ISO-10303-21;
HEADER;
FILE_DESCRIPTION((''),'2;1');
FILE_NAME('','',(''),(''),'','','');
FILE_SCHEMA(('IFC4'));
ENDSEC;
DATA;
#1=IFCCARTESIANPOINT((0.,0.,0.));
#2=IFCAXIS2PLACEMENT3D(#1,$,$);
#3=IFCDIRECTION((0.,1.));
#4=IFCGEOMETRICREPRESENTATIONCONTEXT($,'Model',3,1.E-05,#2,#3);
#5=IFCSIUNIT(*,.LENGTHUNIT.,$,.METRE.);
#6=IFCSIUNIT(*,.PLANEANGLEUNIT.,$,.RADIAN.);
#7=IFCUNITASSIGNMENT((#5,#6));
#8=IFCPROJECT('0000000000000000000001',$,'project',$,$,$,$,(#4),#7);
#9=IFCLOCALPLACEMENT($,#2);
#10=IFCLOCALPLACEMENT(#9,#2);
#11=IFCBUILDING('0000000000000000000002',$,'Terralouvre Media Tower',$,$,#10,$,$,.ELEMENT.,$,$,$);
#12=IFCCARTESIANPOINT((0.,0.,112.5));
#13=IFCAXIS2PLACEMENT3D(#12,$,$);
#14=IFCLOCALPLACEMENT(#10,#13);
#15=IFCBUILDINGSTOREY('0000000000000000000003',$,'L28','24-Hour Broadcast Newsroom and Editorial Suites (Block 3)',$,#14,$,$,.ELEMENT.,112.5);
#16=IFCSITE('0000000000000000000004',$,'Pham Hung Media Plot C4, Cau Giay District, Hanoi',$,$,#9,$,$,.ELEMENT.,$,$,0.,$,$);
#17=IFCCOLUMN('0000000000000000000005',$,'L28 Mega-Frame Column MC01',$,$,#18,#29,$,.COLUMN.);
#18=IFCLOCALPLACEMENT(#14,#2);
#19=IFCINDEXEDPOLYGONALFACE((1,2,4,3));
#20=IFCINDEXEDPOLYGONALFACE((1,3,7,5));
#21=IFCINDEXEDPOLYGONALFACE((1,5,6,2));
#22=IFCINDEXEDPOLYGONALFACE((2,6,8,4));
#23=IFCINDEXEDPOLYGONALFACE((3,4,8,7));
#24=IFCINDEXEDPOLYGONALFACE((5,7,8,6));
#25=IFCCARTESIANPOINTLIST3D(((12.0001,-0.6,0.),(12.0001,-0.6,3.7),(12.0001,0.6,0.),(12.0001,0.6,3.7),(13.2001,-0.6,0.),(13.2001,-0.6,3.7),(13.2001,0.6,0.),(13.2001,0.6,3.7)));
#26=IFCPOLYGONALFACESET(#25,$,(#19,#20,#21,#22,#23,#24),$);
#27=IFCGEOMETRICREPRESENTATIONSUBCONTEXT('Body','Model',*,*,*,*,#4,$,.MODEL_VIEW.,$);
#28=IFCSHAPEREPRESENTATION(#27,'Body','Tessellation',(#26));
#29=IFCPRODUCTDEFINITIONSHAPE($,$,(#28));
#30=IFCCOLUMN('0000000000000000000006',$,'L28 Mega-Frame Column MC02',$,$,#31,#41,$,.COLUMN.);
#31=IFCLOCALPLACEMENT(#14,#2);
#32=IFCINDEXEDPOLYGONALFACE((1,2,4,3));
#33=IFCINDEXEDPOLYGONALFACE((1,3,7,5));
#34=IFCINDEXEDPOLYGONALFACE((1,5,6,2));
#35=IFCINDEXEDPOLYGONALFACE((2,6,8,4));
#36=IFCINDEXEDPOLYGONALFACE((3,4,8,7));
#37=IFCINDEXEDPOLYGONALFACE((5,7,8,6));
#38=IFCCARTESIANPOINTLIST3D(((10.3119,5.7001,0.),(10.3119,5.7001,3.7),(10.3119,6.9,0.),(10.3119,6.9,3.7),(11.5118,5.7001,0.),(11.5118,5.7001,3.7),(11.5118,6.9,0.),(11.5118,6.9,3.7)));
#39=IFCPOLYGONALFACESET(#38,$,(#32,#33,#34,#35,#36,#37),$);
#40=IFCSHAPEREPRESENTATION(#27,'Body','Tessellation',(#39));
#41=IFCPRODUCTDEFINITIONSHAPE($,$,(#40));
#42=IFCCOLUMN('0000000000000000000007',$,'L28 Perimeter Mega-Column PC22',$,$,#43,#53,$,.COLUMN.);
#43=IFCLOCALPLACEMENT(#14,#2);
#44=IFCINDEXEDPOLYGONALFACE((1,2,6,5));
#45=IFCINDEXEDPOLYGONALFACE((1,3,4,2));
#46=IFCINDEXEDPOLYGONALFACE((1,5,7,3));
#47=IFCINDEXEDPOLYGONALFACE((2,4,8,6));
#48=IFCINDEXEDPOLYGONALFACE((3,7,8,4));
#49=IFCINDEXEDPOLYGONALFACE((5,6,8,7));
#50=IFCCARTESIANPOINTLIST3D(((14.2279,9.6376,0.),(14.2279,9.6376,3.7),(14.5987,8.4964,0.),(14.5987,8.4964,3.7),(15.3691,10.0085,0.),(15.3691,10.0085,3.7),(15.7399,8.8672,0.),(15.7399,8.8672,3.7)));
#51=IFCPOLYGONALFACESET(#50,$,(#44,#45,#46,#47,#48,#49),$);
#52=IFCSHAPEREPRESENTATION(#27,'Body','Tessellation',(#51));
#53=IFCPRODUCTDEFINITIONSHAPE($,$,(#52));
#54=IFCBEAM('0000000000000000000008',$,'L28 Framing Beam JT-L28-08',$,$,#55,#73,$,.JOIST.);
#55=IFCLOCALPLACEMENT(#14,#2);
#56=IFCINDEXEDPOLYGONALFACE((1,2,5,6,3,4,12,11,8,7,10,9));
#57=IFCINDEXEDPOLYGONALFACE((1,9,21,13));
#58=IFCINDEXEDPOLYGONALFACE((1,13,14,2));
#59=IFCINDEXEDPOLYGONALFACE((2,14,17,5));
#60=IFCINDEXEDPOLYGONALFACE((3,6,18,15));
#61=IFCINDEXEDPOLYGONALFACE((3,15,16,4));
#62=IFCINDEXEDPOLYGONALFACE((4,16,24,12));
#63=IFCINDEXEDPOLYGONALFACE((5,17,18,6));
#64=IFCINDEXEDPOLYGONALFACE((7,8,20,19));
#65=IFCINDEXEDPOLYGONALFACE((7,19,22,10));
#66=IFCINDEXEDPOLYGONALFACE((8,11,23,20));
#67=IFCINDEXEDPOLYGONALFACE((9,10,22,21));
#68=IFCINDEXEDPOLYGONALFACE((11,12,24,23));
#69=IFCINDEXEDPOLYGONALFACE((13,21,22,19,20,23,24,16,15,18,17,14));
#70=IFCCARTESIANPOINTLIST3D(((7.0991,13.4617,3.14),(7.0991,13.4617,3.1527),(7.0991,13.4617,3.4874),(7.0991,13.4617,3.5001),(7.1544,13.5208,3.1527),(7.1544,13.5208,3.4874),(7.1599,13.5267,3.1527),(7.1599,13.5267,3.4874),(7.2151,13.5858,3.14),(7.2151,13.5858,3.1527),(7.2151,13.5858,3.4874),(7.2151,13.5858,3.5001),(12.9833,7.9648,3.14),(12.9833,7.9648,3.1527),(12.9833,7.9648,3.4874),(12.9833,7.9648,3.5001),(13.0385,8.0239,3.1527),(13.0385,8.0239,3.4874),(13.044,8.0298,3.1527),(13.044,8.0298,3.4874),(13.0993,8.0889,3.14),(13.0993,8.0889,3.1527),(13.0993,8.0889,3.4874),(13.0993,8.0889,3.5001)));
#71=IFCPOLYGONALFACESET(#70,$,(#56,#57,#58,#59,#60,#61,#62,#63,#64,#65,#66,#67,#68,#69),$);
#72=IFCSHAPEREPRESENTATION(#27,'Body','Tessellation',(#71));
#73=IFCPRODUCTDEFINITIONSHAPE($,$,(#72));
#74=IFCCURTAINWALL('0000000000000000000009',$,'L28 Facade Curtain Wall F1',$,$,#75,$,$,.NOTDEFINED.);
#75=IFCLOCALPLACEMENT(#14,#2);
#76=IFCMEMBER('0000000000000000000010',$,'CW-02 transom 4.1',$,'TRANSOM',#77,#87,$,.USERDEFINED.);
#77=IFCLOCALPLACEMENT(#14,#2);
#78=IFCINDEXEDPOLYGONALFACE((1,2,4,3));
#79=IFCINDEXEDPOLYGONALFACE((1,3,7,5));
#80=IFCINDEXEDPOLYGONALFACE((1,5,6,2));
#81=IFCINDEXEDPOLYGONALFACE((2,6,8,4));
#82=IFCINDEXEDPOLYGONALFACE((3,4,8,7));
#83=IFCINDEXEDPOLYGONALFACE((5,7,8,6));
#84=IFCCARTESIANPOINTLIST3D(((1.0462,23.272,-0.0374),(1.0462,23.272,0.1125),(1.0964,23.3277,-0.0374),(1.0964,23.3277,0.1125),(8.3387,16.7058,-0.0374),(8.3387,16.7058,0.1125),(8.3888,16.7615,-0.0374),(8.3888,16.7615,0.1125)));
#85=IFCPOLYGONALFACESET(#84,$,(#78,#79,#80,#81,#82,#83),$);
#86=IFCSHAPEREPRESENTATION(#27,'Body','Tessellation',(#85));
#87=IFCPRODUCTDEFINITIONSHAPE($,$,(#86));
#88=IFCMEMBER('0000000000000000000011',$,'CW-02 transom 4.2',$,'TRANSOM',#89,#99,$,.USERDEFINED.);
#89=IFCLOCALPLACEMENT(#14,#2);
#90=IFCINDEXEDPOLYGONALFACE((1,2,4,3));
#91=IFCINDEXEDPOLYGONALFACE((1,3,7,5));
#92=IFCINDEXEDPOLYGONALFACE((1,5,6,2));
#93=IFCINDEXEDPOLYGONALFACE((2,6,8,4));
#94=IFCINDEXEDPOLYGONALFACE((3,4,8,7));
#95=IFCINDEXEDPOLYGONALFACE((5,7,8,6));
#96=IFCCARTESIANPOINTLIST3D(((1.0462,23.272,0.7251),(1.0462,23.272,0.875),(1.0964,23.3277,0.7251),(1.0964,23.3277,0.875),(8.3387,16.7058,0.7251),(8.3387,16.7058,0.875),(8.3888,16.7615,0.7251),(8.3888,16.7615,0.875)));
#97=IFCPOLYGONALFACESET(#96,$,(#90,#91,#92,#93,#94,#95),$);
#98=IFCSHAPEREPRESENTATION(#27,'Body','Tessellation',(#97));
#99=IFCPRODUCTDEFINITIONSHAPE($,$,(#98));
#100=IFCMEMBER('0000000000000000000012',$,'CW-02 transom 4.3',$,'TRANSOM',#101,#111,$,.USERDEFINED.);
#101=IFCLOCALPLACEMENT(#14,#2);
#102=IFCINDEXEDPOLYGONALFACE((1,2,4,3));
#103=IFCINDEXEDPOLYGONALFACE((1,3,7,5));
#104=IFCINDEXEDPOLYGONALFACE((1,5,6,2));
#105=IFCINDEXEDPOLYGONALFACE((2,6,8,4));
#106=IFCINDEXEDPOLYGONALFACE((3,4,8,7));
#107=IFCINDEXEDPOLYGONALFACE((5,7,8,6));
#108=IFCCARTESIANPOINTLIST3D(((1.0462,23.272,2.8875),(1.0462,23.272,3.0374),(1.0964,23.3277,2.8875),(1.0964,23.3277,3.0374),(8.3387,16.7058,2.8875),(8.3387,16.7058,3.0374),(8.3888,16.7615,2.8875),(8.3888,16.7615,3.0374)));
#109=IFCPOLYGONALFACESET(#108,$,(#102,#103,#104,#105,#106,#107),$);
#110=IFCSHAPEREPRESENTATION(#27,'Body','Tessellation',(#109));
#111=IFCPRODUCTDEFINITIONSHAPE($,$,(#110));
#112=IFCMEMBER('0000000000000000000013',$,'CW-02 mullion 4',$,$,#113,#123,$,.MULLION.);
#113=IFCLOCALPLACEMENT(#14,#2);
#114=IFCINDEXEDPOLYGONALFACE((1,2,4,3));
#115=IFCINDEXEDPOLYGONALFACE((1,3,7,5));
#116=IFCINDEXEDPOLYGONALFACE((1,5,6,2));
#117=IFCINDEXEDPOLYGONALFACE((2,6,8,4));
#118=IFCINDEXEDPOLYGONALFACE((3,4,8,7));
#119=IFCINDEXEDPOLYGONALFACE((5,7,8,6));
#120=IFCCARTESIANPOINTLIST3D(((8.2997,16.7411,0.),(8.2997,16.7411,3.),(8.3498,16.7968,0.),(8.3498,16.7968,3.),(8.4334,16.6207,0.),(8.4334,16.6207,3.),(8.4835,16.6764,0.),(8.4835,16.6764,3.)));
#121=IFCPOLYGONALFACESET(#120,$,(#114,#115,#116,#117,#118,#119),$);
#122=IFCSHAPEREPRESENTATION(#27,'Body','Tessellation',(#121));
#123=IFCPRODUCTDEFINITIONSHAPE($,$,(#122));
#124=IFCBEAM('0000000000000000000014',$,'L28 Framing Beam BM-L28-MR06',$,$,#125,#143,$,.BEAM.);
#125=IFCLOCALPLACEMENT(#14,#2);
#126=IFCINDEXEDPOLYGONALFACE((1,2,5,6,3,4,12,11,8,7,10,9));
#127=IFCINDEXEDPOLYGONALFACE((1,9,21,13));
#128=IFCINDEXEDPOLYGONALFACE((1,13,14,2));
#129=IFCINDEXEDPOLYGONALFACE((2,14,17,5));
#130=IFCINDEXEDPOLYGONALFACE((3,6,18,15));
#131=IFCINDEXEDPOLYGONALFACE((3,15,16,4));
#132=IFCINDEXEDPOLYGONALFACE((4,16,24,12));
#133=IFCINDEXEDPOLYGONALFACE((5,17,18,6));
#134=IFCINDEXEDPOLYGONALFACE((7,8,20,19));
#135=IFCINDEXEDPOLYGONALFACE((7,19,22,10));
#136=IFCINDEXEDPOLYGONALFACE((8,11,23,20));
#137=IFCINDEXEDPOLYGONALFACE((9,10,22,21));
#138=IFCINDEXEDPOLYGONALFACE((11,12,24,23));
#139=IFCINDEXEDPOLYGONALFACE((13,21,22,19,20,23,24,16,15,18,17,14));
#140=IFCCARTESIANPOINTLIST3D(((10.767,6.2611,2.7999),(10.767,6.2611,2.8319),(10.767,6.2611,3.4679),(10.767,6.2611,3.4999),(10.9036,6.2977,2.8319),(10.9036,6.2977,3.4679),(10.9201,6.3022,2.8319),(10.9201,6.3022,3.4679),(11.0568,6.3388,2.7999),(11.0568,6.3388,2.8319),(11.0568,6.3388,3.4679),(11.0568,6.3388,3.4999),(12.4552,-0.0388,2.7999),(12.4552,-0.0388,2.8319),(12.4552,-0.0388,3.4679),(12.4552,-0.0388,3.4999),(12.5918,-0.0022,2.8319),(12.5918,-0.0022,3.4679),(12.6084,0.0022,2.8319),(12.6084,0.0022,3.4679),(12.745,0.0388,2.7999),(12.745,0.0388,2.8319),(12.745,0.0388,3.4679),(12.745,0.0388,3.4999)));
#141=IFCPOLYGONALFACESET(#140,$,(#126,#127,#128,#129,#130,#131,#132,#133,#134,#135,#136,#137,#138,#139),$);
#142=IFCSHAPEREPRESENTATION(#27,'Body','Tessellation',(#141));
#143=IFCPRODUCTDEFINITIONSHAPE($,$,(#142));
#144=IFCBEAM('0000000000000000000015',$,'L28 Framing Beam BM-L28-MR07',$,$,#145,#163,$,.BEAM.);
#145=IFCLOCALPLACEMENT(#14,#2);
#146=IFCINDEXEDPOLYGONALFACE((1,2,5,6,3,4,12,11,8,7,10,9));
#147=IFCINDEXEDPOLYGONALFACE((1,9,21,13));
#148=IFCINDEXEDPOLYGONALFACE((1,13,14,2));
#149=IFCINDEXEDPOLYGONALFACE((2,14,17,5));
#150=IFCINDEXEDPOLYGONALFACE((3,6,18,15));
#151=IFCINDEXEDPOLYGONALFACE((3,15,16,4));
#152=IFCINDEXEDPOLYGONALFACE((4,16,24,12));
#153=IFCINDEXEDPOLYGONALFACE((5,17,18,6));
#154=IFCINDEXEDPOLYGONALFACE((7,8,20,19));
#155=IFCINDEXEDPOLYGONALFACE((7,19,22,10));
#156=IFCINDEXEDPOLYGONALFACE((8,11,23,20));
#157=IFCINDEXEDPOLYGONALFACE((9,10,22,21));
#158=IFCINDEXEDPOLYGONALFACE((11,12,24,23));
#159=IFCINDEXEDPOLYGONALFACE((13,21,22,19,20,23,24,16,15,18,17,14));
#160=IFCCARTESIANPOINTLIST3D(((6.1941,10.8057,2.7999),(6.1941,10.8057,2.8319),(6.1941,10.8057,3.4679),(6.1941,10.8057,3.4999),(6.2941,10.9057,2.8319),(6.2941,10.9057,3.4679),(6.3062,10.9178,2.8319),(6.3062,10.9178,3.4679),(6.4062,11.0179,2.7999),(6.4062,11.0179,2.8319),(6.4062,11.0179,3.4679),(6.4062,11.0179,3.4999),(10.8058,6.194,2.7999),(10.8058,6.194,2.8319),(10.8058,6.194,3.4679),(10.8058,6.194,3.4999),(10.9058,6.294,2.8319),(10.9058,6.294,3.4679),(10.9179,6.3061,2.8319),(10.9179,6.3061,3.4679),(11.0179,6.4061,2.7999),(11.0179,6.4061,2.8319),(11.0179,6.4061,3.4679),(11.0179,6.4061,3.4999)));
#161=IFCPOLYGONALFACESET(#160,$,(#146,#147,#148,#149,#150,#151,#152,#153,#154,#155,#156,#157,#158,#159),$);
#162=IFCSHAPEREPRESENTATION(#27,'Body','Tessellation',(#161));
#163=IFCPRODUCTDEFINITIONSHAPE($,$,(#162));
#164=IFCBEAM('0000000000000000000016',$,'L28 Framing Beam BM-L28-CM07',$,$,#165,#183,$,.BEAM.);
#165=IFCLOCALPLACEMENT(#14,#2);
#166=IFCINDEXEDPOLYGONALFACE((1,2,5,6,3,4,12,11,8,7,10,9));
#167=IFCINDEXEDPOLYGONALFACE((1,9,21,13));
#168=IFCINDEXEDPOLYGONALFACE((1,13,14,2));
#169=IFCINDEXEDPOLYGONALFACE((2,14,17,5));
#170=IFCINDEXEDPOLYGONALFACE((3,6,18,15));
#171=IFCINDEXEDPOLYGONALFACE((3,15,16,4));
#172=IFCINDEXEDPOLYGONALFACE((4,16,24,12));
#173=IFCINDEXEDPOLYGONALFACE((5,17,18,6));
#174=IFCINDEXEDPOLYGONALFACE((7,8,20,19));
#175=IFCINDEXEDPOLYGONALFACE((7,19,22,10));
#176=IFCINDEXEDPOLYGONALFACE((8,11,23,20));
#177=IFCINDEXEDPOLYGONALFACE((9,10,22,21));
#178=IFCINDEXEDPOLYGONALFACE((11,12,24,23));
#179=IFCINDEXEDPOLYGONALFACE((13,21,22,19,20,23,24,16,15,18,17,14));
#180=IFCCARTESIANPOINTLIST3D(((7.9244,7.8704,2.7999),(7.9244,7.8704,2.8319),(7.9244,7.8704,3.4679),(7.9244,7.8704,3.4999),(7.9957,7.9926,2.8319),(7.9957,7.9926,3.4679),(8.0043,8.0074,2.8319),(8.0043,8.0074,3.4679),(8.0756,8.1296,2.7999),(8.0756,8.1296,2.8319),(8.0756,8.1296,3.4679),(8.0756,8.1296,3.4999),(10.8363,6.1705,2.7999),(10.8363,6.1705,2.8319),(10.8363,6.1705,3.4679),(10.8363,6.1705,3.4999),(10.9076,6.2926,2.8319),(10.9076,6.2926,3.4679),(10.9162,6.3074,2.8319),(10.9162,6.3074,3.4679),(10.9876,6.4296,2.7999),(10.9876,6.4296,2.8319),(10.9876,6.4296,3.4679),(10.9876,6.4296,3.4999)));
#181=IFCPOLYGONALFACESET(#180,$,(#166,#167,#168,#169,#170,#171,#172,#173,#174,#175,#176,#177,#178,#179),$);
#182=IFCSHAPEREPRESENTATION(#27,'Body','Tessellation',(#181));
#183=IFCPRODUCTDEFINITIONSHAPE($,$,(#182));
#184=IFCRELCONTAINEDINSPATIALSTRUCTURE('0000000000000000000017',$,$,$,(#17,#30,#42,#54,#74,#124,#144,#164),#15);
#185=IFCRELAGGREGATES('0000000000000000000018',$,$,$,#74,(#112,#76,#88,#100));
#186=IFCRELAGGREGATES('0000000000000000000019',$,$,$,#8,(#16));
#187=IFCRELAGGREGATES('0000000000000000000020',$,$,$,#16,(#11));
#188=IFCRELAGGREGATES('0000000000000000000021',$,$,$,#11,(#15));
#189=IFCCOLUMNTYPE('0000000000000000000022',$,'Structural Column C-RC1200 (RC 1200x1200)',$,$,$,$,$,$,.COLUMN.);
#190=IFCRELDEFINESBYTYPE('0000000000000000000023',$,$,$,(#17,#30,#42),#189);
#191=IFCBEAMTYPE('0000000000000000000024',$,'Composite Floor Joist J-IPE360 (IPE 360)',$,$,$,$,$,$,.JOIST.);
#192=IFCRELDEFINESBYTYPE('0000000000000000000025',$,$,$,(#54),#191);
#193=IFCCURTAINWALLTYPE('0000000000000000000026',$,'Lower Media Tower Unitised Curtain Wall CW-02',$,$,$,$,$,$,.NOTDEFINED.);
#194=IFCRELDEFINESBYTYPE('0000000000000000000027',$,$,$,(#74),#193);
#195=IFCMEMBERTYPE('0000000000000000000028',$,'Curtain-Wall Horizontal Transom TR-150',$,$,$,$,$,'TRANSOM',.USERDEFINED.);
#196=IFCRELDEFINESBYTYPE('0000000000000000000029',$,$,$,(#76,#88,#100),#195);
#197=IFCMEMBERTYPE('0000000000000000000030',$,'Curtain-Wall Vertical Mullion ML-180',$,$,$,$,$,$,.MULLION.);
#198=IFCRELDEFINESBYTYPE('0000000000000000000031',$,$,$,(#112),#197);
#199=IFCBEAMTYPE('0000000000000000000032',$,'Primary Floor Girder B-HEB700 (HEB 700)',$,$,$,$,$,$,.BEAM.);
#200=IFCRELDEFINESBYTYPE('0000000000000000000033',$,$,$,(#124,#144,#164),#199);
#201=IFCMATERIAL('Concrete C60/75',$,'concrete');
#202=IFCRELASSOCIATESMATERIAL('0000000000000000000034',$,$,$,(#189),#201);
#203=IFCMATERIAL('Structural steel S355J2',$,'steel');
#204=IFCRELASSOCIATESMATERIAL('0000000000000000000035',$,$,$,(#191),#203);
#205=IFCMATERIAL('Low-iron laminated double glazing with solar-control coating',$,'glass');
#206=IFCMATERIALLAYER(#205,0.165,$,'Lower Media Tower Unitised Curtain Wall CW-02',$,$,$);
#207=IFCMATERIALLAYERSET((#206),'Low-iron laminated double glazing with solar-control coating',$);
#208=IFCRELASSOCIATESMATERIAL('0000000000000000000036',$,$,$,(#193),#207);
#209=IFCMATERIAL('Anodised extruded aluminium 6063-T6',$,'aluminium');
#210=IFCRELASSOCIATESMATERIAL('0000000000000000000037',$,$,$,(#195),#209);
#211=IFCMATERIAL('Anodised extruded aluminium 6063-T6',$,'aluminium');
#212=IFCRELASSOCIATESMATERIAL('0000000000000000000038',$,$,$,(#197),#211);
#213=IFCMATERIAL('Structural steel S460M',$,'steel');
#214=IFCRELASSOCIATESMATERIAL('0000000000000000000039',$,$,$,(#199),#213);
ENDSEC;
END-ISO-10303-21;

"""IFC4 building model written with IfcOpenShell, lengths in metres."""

from ifc_helpers import new_model, si_unit, direction, frame, origin, origin_2d, place, context, subcontext, project, spatial, rectangle, i_section, extrude, material, layer, layer_set, material_profile, profile_set, type_object, element, aggregate, save


model = new_model("IFC4")

# Units and contexts
model_context = context("Model", 3, precision=1e-05, world=origin(), true_north=direction((0.0, 1.0)))
body_context = subcontext(model_context, "Body", "Model", "MODEL_VIEW")
ifc_project = project(units=[si_unit("LENGTHUNIT", "METRE"), si_unit("PLANEANGLEUNIT", "RADIAN")], contexts=[model_context])

# Site, building, storey
site_placement = place(None, origin())
site = spatial("IfcSite", under=ifc_project, at=site_placement, Name="Pham Hung Media Plot C4, Cau Giay District, Hanoi", CompositionType="ELEMENT", RefElevation=0.0)
building_placement = place(site_placement, origin())
building = spatial("IfcBuilding", under=site, at=building_placement, Name="Terralouvre Media Tower", CompositionType="ELEMENT")
storey_placement = place(building_placement, frame((0.0, 0.0, 112.5)))
storey = spatial("IfcBuildingStorey", under=building, at=storey_placement, Name="L28", Description="24-Hour Broadcast Newsroom and Editorial Suites (Block 3)", CompositionType="ELEMENT", Elevation=112.5)

# Columns
ifc_material_1 = material(Name="Concrete C60/75", Category="concrete")
ifc_material_profile_1 = material_profile(ifc_material_1, rectangle(XDim=1.2, YDim=1.2, at=origin_2d()), Name="RC 1200x1200")
ifc_profile_set_1 = profile_set([ifc_material_profile_1], Name="Concrete C60/75")
column_type = type_object("IfcColumnType", Name="Structural Column C-RC1200 (RC 1200x1200)", PredefinedType="COLUMN", material=ifc_profile_set_1)
for number, where, z_axis, x_axis, name in (
    (1, (12.6001, 0.0, 0.0), (0.0, 0.0, 1.0), (1.0, 0.0, 0.0), "L28 Mega-Frame Column MC01"),
    (2, (10.9119, 6.3, 0.0), (0.0, 0.0, 1.0), (1.0, 0.0, 0.0), "L28 Mega-Frame Column MC02"),
    (3, (14.9839, 9.2524, 0.0), (0.0, 0.0, 1.0), (0.951057, 0.309017, 0.0), "L28 Perimeter Mega-Column PC22"),
):
    element("IfcColumn", number, at=place(storey_placement, frame(where, z_axis=z_axis, x_axis=x_axis)), inside=storey, type_object=column_type, Name=name, PredefinedType="COLUMN", context=body_context, shape_type="SweptSolid", body=[
        extrude(rectangle(XDim=1.2, YDim=1.2, at=origin_2d()), origin(), (0.0, 0.0, 1.0), 3.7),
    ])

# Beam
ifc_material_2 = material(Name="Structural steel S355J2", Category="steel")
ifc_material_profile_2 = material_profile(ifc_material_2, i_section(OverallWidth=0.1699, OverallDepth=0.3601, WebThickness=0.0081, FlangeThickness=0.0127, at=origin_2d()), Name="IPE 360")
ifc_profile_set_2 = profile_set([ifc_material_profile_2], Name="Structural steel S355J2")
beam_type_1 = type_object("IfcBeamType", Name="Composite Floor Joist J-IPE360 (IPE 360)", PredefinedType="JOIST", material=ifc_profile_set_2)
beam_1_placement = place(storey_placement, frame((13.0413, 8.0269, 3.3201), z_axis=(-0.730742, 0.682654, 0.0), x_axis=(-0.682654, -0.730742, 0.0)))
element("IfcBeam", 4, at=beam_1_placement, inside=storey, type_object=beam_type_1, Name="L28 Framing Beam JT-L28-08", PredefinedType="JOIST", context=body_context, shape_type="SweptSolid", body=[
    extrude(i_section(OverallWidth=0.1699, OverallDepth=0.3601, WebThickness=0.0081, FlangeThickness=0.0127, at=origin_2d()), origin(), (0.0, 0.0, 1.0), 8.0522),
])

# Curtain wall, members
ifc_material_3 = material(Name="Low-iron laminated double glazing with solar-control coating", Category="glass")
ifc_layer_1 = layer(ifc_material_3, 0.165, Name="Lower Media Tower Unitised Curtain Wall CW-02")
ifc_layer_set_1 = layer_set([ifc_layer_1], Name="Low-iron laminated double glazing with solar-control coating")
curtain_wall_type = type_object("IfcCurtainWallType", Name="Lower Media Tower Unitised Curtain Wall CW-02", PredefinedType="NOTDEFINED", material=ifc_layer_set_1)
curtain_wall_placement = place(storey_placement, origin())
curtain_wall = element("IfcCurtainWall", 5, at=curtain_wall_placement, inside=storey, type_object=curtain_wall_type, Name="L28 Facade Curtain Wall F1", PredefinedType="NOTDEFINED")
ifc_material_4 = material(Name="Anodised extruded aluminium 6063-T6", Category="aluminium")
ifc_material_profile_3 = material_profile(ifc_material_4, rectangle(XDim=0.075, YDim=0.1499, at=origin_2d()), Name="ALU 75x150")
ifc_profile_set_3 = profile_set([ifc_material_profile_3], Name="Anodised extruded aluminium 6063-T6")
member_type_1 = type_object("IfcMemberType", Name="Curtain-Wall Horizontal Transom TR-150", ElementType="TRANSOM", PredefinedType="USERDEFINED", material=ifc_profile_set_3)
member_1_placement = place(storey_placement, frame((8.3638, 16.7336, 0.0376), z_axis=(-0.743146, 0.66913, 0.0), x_axis=(-0.66913, -0.743146, 0.0)))
member_1 = element("IfcMember", 6, at=member_1_placement, type_object=member_type_1, Name="CW-02 transom 4.1", ObjectType="TRANSOM", PredefinedType="USERDEFINED", context=body_context, shape_type="SweptSolid", body=[
    extrude(rectangle(XDim=0.075, YDim=0.1499, at=origin_2d()), origin(), (0.0, 0.0, 1.0), 9.813),
])
member_2_placement = place(storey_placement, frame((8.3638, 16.7336, 0.8), z_axis=(-0.743146, 0.66913, 0.0), x_axis=(-0.66913, -0.743146, 0.0)))
member_2 = element("IfcMember", 7, at=member_2_placement, type_object=member_type_1, Name="CW-02 transom 4.2", ObjectType="TRANSOM", PredefinedType="USERDEFINED", context=body_context, shape_type="SweptSolid", body=[
    extrude(rectangle(XDim=0.075, YDim=0.1499, at=origin_2d()), origin(), (0.0, 0.0, 1.0), 9.813),
])
member_3_placement = place(storey_placement, frame((8.3638, 16.7336, 2.9624), z_axis=(-0.743146, 0.66913, 0.0), x_axis=(-0.66913, -0.743146, 0.0)))
member_3 = element("IfcMember", 8, at=member_3_placement, type_object=member_type_1, Name="CW-02 transom 4.3", ObjectType="TRANSOM", PredefinedType="USERDEFINED", context=body_context, shape_type="SweptSolid", body=[
    extrude(rectangle(XDim=0.075, YDim=0.1499, at=origin_2d()), origin(), (0.0, 0.0, 1.0), 9.813),
])
ifc_material_5 = material(Name="Anodised extruded aluminium 6063-T6", Category="aluminium")
ifc_material_profile_4 = material_profile(ifc_material_5, rectangle(XDim=0.075, YDim=0.1799, at=origin_2d()), Name="ALU 75x180")
ifc_profile_set_4 = profile_set([ifc_material_profile_4], Name="Anodised extruded aluminium 6063-T6")
member_type_2 = type_object("IfcMemberType", Name="Curtain-Wall Vertical Mullion ML-180", PredefinedType="MULLION", material=ifc_profile_set_4)
member_4_placement = place(storey_placement, frame((8.3916, 16.7087, 0.0), z_axis=(0.0, 0.0, 1.0), x_axis=(-0.669131, -0.743145, 0.0)))
member_4 = element("IfcMember", 9, at=member_4_placement, type_object=member_type_2, Name="CW-02 mullion 4", PredefinedType="MULLION", context=body_context, shape_type="SweptSolid", body=[
    extrude(rectangle(XDim=0.075, YDim=0.1799, at=origin_2d()), origin(), (0.0, 0.0, 1.0), 3.0),
])

# Beams
ifc_material_6 = material(Name="Structural steel S460M", Category="steel")
ifc_material_profile_5 = material_profile(ifc_material_6, i_section(OverallWidth=0.3, OverallDepth=0.7, WebThickness=0.0171, FlangeThickness=0.032, at=origin_2d()), Name="HEB 700")
ifc_profile_set_5 = profile_set([ifc_material_profile_5], Name="Structural steel S460M")
beam_type_2 = type_object("IfcBeamType", Name="Primary Floor Girder B-HEB700 (HEB 700)", PredefinedType="BEAM", material=ifc_profile_set_5)
beam_2_placement = place(storey_placement, frame((12.6001, 0.0, 3.1499), z_axis=(-0.258839, 0.96592, 0.0), x_axis=(-0.96592, -0.258839, 0.0)))
element("IfcBeam", 10, at=beam_2_placement, inside=storey, type_object=beam_type_2, Name="L28 Framing Beam BM-L28-MR06", PredefinedType="BEAM", context=body_context, shape_type="SweptSolid", body=[
    extrude(i_section(OverallWidth=0.3, OverallDepth=0.7, WebThickness=0.0171, FlangeThickness=0.032, at=origin_2d()), origin(), (0.0, 0.0, 1.0), 6.5222),
])
beam_3_placement = place(storey_placement, frame((10.9119, 6.3, 3.1499), z_axis=(-0.707107, 0.707107, 0.0), x_axis=(-0.707107, -0.707107, 0.0)))
element("IfcBeam", 11, at=beam_3_placement, inside=storey, type_object=beam_type_2, Name="L28 Framing Beam BM-L28-MR07", PredefinedType="BEAM", context=body_context, shape_type="SweptSolid", body=[
    extrude(i_section(OverallWidth=0.3, OverallDepth=0.7, WebThickness=0.0171, FlangeThickness=0.032, at=origin_2d()), origin(), (0.0, 0.0, 1.0), 6.522),
])
for number, where, z_axis, x_axis, name in (
    (12, (8.0, 8.0, 3.1499), (0.863603, -0.504173, 0.0), (0.504173, 0.863603, 0.0), "L28 Framing Beam BM-L28-CM07"),
):
    element("IfcBeam", number, at=place(storey_placement, frame(where, z_axis=z_axis, x_axis=x_axis)), inside=storey, type_object=beam_type_2, Name=name, PredefinedType="BEAM", context=body_context, shape_type="SweptSolid", body=[
        extrude(i_section(OverallWidth=0.3, OverallDepth=0.7, WebThickness=0.0171, FlangeThickness=0.032, at=origin_2d()), origin(), (0.0, 0.0, 1.0), 3.3718),
    ])

aggregate(curtain_wall, [member_4, member_1, member_2, member_3])

save(model, "model.ifc")
